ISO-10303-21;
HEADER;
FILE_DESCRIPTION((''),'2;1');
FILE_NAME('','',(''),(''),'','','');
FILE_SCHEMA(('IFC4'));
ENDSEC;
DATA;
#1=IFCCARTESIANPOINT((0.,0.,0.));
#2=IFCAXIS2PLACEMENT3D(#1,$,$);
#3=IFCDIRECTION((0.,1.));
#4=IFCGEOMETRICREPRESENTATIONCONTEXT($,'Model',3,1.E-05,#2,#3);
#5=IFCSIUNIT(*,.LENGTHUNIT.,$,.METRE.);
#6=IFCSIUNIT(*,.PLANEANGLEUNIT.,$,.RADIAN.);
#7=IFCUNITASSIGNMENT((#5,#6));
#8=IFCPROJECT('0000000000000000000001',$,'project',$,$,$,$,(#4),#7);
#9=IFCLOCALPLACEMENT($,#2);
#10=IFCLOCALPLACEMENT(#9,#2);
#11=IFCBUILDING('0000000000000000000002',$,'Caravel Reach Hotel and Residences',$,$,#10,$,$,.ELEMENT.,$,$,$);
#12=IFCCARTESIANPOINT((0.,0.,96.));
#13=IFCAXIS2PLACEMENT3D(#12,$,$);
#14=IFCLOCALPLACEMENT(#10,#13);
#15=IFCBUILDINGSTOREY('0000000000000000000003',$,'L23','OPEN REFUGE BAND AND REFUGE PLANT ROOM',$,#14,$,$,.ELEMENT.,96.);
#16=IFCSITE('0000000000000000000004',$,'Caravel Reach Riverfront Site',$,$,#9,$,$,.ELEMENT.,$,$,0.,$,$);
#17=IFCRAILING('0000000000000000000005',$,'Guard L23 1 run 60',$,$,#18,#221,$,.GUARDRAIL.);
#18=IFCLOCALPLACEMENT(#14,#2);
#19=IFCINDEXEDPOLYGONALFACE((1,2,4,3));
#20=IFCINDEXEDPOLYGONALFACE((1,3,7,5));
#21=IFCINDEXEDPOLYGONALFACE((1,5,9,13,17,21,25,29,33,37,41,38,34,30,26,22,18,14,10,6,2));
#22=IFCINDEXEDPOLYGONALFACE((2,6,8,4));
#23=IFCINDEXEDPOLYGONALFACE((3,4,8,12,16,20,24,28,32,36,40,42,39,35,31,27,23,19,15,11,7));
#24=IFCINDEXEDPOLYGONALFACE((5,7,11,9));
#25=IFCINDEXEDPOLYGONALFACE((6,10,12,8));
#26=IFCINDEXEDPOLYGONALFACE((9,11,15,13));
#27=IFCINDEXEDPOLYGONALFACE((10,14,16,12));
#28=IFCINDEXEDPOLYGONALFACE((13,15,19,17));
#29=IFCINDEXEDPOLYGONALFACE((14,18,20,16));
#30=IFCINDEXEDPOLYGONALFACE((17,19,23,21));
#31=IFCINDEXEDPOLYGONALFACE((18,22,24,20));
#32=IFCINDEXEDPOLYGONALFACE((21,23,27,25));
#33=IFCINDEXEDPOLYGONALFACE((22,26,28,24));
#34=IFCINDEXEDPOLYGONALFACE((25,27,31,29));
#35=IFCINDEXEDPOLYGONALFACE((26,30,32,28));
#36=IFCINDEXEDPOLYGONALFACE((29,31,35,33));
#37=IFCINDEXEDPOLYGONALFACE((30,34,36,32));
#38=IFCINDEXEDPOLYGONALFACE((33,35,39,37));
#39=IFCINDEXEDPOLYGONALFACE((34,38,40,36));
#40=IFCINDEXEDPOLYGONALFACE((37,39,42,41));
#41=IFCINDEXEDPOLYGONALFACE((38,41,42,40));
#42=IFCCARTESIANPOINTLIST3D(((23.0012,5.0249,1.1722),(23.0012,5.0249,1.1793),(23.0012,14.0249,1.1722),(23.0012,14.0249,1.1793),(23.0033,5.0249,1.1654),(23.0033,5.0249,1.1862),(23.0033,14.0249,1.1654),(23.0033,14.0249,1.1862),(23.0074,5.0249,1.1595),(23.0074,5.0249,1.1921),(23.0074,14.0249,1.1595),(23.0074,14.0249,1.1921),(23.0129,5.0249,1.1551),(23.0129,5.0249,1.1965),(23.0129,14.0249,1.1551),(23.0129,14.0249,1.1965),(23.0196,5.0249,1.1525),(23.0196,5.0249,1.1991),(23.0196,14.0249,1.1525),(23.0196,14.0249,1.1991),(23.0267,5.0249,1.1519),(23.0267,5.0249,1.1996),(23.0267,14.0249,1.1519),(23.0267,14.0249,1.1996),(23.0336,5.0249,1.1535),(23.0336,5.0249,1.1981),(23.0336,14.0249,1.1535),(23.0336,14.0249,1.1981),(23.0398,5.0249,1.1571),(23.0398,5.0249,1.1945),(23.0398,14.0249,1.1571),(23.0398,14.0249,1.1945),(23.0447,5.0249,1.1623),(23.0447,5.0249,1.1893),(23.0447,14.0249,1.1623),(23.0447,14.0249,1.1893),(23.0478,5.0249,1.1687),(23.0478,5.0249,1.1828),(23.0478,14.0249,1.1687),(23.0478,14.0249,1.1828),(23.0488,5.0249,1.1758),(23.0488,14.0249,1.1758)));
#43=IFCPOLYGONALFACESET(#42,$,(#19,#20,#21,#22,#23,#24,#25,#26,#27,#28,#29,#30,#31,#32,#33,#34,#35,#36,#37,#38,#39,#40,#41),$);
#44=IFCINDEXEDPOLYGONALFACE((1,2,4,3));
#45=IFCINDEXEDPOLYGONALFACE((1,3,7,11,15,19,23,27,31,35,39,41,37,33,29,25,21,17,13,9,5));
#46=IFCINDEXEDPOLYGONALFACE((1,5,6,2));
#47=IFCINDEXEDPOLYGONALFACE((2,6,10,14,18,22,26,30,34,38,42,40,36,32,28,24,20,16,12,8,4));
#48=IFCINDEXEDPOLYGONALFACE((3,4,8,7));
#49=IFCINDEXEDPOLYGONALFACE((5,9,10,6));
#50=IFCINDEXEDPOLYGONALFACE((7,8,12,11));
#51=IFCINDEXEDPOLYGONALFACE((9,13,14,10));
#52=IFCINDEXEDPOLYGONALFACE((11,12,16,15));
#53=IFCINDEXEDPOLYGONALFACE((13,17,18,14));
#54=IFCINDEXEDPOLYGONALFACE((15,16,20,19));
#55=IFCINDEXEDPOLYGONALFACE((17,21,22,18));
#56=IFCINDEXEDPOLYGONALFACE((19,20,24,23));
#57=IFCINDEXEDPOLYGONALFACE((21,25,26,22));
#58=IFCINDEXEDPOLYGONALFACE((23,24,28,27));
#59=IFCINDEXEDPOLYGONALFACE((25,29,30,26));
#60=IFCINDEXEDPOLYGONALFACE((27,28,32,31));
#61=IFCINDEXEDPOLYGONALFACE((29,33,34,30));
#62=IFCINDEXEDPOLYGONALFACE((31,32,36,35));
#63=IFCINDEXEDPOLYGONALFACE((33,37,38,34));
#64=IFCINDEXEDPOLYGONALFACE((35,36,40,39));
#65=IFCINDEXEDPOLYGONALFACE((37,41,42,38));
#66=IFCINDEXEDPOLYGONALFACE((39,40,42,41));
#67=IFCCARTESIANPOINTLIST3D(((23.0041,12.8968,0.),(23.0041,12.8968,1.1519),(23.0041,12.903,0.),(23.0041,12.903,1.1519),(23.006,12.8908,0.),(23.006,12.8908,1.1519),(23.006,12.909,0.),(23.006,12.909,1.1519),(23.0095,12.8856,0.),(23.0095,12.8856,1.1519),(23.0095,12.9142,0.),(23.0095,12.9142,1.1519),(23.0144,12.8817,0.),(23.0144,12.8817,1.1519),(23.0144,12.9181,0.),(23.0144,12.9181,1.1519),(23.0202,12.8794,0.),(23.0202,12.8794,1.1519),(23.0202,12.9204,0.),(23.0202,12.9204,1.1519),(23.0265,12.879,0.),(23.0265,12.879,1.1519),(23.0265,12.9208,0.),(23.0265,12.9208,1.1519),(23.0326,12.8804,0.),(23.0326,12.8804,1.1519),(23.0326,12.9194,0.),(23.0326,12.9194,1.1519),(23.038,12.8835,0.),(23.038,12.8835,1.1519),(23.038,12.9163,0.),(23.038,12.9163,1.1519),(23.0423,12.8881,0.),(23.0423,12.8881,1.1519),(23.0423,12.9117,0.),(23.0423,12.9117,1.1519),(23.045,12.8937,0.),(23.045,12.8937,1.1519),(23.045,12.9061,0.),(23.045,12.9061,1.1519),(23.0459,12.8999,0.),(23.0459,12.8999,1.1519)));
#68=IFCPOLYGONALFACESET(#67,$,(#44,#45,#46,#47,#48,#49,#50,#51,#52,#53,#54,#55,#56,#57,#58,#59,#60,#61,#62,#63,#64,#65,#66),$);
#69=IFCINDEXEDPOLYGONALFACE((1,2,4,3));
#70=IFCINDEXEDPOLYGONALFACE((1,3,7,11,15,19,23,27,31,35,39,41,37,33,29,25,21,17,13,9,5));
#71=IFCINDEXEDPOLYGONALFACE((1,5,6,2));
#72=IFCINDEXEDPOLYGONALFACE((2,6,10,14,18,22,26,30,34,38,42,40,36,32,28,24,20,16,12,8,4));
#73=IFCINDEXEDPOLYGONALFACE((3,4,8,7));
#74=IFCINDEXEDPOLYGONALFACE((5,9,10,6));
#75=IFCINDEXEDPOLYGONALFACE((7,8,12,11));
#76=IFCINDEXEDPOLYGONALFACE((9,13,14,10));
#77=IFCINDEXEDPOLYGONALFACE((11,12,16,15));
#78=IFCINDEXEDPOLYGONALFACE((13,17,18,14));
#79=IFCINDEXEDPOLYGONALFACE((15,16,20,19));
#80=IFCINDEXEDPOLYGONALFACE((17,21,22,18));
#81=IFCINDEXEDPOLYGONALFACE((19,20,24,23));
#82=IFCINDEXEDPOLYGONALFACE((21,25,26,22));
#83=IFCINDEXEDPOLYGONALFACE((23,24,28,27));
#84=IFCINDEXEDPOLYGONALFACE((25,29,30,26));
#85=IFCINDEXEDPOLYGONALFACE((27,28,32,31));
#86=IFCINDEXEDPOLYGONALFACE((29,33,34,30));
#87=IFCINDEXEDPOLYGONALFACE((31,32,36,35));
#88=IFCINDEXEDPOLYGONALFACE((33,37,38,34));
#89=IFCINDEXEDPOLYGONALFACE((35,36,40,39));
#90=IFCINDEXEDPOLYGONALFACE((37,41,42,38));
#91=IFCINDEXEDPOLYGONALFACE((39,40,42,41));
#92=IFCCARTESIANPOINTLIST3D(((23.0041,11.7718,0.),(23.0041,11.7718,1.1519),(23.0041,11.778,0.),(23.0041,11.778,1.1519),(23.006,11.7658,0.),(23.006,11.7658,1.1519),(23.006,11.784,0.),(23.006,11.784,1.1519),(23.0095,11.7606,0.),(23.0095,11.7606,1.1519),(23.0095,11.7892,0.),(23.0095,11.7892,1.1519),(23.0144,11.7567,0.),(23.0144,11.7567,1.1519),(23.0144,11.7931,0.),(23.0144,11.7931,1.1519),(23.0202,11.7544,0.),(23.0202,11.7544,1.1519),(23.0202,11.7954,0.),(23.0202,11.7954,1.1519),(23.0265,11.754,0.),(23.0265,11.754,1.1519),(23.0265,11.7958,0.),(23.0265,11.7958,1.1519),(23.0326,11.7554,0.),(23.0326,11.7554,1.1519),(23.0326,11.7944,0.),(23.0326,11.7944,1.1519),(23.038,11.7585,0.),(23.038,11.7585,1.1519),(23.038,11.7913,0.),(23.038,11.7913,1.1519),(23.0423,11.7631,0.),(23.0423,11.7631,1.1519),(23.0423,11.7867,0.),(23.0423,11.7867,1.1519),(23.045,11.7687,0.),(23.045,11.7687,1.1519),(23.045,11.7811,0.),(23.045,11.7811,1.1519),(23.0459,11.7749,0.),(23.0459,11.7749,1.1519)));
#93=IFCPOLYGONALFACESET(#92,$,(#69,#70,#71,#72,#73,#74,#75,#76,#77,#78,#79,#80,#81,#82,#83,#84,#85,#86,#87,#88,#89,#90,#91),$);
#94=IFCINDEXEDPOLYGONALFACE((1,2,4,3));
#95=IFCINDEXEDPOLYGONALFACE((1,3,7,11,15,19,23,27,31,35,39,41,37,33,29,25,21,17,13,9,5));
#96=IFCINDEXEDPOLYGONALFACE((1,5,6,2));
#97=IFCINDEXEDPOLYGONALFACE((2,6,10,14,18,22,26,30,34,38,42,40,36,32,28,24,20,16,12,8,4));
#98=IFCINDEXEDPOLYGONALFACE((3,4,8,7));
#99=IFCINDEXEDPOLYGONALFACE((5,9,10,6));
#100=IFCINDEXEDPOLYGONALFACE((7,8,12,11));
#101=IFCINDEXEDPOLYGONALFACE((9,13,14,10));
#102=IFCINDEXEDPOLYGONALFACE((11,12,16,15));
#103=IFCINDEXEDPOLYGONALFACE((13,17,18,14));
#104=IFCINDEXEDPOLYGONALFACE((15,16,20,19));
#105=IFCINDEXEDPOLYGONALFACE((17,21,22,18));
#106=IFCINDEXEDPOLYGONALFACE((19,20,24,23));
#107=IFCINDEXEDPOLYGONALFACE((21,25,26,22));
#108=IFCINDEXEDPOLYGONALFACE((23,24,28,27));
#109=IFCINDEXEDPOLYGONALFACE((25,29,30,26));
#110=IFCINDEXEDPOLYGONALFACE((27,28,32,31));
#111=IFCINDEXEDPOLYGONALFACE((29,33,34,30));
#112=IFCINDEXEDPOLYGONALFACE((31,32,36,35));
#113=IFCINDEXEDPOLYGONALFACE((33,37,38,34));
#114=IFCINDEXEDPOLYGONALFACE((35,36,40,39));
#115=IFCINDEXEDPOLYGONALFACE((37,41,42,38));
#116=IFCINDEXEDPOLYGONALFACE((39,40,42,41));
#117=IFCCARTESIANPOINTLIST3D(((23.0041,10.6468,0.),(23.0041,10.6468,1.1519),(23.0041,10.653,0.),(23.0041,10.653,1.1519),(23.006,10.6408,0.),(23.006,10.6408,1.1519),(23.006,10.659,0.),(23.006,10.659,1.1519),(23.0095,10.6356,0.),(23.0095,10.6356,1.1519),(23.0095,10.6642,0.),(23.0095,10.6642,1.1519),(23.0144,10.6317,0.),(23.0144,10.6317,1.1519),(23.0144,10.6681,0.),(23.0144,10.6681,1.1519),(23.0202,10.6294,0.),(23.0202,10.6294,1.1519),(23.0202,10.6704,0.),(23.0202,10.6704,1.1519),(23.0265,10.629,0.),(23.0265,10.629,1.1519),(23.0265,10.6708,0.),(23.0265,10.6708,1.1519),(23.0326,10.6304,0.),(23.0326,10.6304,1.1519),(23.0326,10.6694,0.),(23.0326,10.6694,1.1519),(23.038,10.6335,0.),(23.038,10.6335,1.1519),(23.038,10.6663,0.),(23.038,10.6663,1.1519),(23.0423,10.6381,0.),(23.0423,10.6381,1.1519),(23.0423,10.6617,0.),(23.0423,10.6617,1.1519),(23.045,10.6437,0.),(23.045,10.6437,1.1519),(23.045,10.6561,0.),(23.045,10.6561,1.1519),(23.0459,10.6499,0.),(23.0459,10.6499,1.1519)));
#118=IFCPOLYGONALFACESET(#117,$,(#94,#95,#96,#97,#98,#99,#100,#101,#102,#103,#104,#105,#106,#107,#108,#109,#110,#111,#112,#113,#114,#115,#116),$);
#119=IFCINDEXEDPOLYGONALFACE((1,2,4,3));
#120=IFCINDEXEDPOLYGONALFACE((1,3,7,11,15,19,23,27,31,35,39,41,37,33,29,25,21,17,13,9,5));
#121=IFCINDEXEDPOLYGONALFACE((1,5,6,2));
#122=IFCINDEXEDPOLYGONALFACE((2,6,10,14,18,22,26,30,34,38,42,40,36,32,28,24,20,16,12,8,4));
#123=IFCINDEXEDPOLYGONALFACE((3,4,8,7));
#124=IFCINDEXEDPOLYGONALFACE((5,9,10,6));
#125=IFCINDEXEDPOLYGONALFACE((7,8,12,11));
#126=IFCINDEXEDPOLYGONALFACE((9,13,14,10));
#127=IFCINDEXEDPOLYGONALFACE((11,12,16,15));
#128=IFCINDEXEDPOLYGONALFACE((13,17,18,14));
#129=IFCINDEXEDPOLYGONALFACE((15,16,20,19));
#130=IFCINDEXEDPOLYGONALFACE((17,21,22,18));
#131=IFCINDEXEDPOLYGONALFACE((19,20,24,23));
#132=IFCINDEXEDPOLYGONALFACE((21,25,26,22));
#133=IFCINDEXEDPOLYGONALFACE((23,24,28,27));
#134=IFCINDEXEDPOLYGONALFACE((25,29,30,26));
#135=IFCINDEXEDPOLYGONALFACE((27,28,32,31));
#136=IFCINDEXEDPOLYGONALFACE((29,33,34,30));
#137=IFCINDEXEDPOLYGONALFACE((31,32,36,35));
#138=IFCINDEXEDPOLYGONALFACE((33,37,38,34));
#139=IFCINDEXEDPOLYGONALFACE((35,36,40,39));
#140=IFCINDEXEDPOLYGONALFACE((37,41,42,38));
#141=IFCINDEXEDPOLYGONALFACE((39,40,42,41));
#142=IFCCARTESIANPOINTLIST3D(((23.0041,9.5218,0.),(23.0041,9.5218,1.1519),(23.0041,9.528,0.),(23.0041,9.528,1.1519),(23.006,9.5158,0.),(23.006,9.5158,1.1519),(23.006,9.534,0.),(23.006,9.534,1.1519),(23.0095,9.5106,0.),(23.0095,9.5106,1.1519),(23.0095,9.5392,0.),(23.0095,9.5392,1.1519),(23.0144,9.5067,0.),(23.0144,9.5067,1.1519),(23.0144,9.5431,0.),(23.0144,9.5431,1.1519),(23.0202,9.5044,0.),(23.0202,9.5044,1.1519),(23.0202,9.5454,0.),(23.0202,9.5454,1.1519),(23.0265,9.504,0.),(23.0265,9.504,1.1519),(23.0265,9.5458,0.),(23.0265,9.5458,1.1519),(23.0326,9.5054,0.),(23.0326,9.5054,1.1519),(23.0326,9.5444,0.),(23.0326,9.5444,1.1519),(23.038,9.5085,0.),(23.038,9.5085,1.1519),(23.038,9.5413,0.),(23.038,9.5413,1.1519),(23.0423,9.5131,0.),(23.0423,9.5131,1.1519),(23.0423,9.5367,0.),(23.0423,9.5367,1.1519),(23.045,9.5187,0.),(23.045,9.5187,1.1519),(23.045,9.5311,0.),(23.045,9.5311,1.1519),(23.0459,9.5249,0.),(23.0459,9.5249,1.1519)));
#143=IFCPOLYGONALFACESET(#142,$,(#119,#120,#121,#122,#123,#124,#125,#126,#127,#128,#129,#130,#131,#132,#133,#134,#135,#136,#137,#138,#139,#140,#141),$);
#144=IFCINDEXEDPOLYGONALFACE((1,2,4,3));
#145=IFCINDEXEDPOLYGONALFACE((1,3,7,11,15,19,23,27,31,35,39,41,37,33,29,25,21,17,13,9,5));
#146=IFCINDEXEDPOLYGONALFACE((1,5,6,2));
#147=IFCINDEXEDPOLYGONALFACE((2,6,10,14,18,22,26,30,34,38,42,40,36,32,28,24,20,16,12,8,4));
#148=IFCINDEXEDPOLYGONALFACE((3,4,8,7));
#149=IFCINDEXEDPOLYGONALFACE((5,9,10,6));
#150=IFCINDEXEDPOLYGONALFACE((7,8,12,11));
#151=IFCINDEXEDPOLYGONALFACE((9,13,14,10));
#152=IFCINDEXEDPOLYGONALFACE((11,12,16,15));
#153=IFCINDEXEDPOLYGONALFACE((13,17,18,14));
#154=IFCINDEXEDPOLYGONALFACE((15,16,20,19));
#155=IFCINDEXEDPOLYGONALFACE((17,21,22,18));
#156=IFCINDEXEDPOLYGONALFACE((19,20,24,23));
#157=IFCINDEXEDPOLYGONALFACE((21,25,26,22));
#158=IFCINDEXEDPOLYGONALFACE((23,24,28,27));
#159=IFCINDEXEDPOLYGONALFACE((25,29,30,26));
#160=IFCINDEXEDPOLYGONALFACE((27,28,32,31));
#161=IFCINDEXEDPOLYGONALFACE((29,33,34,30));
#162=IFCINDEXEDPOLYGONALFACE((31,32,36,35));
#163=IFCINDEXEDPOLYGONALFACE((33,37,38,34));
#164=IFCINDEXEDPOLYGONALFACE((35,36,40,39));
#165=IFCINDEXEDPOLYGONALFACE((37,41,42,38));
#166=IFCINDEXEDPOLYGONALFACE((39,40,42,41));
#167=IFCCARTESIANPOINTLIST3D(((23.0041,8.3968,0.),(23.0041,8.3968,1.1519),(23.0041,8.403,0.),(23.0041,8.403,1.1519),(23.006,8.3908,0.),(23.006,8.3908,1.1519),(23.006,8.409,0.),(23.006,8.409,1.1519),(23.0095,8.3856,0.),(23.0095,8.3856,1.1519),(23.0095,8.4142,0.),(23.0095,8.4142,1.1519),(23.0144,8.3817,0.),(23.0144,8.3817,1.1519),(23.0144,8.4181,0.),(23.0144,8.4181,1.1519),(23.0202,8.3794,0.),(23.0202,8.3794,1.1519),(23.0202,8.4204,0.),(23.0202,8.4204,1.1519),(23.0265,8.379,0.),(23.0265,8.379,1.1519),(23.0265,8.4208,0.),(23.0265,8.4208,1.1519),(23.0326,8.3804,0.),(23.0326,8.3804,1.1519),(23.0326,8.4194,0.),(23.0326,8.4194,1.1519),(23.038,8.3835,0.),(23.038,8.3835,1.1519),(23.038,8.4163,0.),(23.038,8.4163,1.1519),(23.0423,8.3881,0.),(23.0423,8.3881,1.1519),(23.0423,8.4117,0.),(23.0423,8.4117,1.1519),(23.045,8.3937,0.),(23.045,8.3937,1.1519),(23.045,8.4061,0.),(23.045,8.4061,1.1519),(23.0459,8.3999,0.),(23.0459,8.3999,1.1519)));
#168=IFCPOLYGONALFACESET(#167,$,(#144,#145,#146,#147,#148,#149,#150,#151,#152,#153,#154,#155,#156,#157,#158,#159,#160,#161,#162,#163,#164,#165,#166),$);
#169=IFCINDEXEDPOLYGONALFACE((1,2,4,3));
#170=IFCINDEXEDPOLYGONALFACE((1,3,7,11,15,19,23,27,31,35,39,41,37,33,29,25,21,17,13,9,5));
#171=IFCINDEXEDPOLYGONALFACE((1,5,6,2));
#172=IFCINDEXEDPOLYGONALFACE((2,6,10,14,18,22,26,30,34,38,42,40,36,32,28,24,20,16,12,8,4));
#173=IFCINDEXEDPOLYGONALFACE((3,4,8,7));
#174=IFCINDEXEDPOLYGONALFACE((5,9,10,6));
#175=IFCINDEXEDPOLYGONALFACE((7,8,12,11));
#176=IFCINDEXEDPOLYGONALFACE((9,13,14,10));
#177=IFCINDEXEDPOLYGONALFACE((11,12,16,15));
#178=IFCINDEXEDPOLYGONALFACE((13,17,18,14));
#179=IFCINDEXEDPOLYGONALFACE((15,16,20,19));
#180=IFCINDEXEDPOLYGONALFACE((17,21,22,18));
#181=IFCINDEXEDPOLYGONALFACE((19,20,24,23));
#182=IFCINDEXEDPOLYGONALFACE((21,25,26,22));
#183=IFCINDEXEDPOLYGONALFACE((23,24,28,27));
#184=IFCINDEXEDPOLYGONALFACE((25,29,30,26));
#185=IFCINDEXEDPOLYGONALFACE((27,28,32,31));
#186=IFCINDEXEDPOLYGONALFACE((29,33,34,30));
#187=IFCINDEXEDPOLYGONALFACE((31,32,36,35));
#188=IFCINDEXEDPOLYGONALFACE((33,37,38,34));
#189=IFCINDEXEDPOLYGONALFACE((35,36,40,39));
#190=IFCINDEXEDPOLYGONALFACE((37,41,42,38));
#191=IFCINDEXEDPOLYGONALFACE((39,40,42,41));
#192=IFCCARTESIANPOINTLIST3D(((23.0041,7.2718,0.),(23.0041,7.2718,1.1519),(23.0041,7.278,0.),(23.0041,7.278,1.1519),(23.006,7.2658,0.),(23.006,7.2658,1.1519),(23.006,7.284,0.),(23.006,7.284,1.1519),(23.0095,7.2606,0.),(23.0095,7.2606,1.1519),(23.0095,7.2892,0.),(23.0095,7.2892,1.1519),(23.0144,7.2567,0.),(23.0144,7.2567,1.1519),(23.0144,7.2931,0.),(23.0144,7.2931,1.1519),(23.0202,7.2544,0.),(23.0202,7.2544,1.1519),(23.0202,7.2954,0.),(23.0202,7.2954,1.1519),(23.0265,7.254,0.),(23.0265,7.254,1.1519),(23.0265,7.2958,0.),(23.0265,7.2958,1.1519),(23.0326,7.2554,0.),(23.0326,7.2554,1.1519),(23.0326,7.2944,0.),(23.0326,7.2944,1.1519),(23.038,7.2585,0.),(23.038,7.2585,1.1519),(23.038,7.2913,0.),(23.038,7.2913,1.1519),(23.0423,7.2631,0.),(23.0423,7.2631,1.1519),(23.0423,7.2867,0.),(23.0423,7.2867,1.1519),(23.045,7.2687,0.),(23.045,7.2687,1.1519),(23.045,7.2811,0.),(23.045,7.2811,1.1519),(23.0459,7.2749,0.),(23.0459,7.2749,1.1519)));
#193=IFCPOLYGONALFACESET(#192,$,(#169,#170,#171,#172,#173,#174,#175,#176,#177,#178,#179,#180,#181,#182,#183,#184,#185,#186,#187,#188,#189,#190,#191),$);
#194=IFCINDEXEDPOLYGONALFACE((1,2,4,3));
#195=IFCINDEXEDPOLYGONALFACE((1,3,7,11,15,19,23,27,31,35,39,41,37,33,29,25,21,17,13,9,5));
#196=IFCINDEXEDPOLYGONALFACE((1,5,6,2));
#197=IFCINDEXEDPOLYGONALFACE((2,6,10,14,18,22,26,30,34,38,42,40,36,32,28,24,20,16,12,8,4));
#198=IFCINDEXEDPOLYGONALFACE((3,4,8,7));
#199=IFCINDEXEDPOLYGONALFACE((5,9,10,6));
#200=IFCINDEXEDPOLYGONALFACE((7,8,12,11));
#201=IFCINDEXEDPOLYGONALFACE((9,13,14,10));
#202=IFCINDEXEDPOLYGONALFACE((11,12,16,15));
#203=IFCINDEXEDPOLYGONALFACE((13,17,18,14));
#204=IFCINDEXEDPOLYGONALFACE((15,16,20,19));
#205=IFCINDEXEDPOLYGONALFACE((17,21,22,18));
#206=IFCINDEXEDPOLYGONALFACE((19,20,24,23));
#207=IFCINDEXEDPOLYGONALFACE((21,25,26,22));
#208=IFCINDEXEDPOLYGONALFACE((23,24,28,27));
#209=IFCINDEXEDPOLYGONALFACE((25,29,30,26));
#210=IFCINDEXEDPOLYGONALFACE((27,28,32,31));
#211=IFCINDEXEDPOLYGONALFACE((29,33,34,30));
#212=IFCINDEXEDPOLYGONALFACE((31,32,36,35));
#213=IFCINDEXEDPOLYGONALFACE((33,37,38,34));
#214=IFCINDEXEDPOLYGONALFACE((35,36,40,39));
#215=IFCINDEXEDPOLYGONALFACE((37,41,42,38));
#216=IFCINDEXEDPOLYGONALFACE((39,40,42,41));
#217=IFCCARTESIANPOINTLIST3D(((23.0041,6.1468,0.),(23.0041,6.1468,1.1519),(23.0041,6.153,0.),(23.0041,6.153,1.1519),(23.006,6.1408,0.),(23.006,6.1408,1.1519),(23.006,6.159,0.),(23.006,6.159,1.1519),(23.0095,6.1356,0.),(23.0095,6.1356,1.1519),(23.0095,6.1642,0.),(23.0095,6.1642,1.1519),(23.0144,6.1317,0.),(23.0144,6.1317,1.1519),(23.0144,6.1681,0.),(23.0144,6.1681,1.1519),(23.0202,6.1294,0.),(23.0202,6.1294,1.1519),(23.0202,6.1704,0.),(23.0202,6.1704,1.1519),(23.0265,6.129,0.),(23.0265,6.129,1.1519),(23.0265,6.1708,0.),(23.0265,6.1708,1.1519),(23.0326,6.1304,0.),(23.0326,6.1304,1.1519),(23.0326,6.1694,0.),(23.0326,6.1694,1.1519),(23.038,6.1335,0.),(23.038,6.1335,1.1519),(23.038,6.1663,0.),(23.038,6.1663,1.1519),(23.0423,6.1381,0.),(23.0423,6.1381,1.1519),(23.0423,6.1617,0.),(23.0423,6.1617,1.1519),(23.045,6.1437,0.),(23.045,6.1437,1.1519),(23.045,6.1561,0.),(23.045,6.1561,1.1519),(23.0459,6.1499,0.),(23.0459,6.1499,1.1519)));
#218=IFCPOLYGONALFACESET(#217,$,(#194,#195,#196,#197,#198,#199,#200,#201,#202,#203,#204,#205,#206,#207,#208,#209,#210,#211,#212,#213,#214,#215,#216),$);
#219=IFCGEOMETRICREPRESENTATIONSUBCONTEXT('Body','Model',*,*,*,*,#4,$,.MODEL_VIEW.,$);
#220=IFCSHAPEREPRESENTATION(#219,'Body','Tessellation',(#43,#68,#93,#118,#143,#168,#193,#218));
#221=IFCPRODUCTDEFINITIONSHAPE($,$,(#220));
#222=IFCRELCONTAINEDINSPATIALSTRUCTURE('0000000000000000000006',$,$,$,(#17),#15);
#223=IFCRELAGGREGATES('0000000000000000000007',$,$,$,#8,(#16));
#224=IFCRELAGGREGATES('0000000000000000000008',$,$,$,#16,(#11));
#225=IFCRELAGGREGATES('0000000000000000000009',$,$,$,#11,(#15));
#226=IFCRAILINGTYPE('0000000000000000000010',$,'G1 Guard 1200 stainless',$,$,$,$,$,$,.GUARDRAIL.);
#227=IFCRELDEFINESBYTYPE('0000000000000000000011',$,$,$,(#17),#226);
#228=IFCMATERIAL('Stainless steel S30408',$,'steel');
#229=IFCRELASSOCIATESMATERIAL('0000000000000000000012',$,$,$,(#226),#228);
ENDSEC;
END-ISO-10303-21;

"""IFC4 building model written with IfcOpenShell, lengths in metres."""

from ifc_helpers import new_model, si_unit, direction, frame, origin, origin_2d, place, context, subcontext, project, spatial, circle, extrude, material, type_object, element, save


model = new_model("IFC4")

# Units and contexts
model_context = context("Model", 3, precision=1e-05, world=origin(), true_north=direction((0.0, 1.0)))
body_context = subcontext(model_context, "Body", "Model", "MODEL_VIEW")
ifc_project = project(units=[si_unit("LENGTHUNIT", "METRE"), si_unit("PLANEANGLEUNIT", "RADIAN")], contexts=[model_context])

# Site, building, storey
site_placement = place(None, origin())
site = spatial("IfcSite", under=ifc_project, at=site_placement, Name="Caravel Reach Riverfront Site", CompositionType="ELEMENT", RefElevation=0.0)
building_placement = place(site_placement, origin())
building = spatial("IfcBuilding", under=site, at=building_placement, Name="Caravel Reach Hotel and Residences", CompositionType="ELEMENT")
storey_placement = place(building_placement, frame((0.0, 0.0, 96.0)))
storey = spatial("IfcBuildingStorey", under=building, at=storey_placement, Name="L23", Description="OPEN REFUGE BAND AND REFUGE PLANT ROOM", CompositionType="ELEMENT", Elevation=96.0)

# Railing
ifc_material_1 = material(Name="Stainless steel S30408", Category="steel")
railing_type_1 = type_object("IfcRailingType", Name="G1 Guard 1200 stainless", PredefinedType="GUARDRAIL", material=ifc_material_1)
railing_1_placement = place(storey_placement, frame((23.0249, 14.0249, 0.0)))
element("IfcRailing", 1, at=railing_1_placement, inside=storey, type_object=railing_type_1, Name="Guard L23 1 run 60", PredefinedType="GUARDRAIL", context=body_context, shape_type="SweptSolid", body=[
    extrude(circle(Radius=0.0239, at=origin_2d()), frame((0.0, 0.0, 1.1758), z_axis=(0.0, -1.0, 0.0), x_axis=(1.0, 0.0, 0.0)), (0.0, 0.0, 1.0), 9.0),
    extrude(circle(Radius=0.021, at=origin_2d()), frame((0.0, -1.125, 0.0)), (0.0, 0.0, 1.0), 1.1519),
    extrude(circle(Radius=0.021, at=origin_2d()), frame((0.0, -2.25, 0.0)), (0.0, 0.0, 1.0), 1.1519),
    extrude(circle(Radius=0.021, at=origin_2d()), frame((0.0, -3.375, 0.0)), (0.0, 0.0, 1.0), 1.1519),
    extrude(circle(Radius=0.021, at=origin_2d()), frame((0.0, -4.5, 0.0)), (0.0, 0.0, 1.0), 1.1519),
    extrude(circle(Radius=0.021, at=origin_2d()), frame((0.0, -5.625, 0.0)), (0.0, 0.0, 1.0), 1.1519),
    extrude(circle(Radius=0.021, at=origin_2d()), frame((0.0, -6.75, 0.0)), (0.0, 0.0, 1.0), 1.1519),
    extrude(circle(Radius=0.021, at=origin_2d()), frame((0.0, -7.875, 0.0)), (0.0, 0.0, 1.0), 1.1519),
])

save(model, "model.ifc")
